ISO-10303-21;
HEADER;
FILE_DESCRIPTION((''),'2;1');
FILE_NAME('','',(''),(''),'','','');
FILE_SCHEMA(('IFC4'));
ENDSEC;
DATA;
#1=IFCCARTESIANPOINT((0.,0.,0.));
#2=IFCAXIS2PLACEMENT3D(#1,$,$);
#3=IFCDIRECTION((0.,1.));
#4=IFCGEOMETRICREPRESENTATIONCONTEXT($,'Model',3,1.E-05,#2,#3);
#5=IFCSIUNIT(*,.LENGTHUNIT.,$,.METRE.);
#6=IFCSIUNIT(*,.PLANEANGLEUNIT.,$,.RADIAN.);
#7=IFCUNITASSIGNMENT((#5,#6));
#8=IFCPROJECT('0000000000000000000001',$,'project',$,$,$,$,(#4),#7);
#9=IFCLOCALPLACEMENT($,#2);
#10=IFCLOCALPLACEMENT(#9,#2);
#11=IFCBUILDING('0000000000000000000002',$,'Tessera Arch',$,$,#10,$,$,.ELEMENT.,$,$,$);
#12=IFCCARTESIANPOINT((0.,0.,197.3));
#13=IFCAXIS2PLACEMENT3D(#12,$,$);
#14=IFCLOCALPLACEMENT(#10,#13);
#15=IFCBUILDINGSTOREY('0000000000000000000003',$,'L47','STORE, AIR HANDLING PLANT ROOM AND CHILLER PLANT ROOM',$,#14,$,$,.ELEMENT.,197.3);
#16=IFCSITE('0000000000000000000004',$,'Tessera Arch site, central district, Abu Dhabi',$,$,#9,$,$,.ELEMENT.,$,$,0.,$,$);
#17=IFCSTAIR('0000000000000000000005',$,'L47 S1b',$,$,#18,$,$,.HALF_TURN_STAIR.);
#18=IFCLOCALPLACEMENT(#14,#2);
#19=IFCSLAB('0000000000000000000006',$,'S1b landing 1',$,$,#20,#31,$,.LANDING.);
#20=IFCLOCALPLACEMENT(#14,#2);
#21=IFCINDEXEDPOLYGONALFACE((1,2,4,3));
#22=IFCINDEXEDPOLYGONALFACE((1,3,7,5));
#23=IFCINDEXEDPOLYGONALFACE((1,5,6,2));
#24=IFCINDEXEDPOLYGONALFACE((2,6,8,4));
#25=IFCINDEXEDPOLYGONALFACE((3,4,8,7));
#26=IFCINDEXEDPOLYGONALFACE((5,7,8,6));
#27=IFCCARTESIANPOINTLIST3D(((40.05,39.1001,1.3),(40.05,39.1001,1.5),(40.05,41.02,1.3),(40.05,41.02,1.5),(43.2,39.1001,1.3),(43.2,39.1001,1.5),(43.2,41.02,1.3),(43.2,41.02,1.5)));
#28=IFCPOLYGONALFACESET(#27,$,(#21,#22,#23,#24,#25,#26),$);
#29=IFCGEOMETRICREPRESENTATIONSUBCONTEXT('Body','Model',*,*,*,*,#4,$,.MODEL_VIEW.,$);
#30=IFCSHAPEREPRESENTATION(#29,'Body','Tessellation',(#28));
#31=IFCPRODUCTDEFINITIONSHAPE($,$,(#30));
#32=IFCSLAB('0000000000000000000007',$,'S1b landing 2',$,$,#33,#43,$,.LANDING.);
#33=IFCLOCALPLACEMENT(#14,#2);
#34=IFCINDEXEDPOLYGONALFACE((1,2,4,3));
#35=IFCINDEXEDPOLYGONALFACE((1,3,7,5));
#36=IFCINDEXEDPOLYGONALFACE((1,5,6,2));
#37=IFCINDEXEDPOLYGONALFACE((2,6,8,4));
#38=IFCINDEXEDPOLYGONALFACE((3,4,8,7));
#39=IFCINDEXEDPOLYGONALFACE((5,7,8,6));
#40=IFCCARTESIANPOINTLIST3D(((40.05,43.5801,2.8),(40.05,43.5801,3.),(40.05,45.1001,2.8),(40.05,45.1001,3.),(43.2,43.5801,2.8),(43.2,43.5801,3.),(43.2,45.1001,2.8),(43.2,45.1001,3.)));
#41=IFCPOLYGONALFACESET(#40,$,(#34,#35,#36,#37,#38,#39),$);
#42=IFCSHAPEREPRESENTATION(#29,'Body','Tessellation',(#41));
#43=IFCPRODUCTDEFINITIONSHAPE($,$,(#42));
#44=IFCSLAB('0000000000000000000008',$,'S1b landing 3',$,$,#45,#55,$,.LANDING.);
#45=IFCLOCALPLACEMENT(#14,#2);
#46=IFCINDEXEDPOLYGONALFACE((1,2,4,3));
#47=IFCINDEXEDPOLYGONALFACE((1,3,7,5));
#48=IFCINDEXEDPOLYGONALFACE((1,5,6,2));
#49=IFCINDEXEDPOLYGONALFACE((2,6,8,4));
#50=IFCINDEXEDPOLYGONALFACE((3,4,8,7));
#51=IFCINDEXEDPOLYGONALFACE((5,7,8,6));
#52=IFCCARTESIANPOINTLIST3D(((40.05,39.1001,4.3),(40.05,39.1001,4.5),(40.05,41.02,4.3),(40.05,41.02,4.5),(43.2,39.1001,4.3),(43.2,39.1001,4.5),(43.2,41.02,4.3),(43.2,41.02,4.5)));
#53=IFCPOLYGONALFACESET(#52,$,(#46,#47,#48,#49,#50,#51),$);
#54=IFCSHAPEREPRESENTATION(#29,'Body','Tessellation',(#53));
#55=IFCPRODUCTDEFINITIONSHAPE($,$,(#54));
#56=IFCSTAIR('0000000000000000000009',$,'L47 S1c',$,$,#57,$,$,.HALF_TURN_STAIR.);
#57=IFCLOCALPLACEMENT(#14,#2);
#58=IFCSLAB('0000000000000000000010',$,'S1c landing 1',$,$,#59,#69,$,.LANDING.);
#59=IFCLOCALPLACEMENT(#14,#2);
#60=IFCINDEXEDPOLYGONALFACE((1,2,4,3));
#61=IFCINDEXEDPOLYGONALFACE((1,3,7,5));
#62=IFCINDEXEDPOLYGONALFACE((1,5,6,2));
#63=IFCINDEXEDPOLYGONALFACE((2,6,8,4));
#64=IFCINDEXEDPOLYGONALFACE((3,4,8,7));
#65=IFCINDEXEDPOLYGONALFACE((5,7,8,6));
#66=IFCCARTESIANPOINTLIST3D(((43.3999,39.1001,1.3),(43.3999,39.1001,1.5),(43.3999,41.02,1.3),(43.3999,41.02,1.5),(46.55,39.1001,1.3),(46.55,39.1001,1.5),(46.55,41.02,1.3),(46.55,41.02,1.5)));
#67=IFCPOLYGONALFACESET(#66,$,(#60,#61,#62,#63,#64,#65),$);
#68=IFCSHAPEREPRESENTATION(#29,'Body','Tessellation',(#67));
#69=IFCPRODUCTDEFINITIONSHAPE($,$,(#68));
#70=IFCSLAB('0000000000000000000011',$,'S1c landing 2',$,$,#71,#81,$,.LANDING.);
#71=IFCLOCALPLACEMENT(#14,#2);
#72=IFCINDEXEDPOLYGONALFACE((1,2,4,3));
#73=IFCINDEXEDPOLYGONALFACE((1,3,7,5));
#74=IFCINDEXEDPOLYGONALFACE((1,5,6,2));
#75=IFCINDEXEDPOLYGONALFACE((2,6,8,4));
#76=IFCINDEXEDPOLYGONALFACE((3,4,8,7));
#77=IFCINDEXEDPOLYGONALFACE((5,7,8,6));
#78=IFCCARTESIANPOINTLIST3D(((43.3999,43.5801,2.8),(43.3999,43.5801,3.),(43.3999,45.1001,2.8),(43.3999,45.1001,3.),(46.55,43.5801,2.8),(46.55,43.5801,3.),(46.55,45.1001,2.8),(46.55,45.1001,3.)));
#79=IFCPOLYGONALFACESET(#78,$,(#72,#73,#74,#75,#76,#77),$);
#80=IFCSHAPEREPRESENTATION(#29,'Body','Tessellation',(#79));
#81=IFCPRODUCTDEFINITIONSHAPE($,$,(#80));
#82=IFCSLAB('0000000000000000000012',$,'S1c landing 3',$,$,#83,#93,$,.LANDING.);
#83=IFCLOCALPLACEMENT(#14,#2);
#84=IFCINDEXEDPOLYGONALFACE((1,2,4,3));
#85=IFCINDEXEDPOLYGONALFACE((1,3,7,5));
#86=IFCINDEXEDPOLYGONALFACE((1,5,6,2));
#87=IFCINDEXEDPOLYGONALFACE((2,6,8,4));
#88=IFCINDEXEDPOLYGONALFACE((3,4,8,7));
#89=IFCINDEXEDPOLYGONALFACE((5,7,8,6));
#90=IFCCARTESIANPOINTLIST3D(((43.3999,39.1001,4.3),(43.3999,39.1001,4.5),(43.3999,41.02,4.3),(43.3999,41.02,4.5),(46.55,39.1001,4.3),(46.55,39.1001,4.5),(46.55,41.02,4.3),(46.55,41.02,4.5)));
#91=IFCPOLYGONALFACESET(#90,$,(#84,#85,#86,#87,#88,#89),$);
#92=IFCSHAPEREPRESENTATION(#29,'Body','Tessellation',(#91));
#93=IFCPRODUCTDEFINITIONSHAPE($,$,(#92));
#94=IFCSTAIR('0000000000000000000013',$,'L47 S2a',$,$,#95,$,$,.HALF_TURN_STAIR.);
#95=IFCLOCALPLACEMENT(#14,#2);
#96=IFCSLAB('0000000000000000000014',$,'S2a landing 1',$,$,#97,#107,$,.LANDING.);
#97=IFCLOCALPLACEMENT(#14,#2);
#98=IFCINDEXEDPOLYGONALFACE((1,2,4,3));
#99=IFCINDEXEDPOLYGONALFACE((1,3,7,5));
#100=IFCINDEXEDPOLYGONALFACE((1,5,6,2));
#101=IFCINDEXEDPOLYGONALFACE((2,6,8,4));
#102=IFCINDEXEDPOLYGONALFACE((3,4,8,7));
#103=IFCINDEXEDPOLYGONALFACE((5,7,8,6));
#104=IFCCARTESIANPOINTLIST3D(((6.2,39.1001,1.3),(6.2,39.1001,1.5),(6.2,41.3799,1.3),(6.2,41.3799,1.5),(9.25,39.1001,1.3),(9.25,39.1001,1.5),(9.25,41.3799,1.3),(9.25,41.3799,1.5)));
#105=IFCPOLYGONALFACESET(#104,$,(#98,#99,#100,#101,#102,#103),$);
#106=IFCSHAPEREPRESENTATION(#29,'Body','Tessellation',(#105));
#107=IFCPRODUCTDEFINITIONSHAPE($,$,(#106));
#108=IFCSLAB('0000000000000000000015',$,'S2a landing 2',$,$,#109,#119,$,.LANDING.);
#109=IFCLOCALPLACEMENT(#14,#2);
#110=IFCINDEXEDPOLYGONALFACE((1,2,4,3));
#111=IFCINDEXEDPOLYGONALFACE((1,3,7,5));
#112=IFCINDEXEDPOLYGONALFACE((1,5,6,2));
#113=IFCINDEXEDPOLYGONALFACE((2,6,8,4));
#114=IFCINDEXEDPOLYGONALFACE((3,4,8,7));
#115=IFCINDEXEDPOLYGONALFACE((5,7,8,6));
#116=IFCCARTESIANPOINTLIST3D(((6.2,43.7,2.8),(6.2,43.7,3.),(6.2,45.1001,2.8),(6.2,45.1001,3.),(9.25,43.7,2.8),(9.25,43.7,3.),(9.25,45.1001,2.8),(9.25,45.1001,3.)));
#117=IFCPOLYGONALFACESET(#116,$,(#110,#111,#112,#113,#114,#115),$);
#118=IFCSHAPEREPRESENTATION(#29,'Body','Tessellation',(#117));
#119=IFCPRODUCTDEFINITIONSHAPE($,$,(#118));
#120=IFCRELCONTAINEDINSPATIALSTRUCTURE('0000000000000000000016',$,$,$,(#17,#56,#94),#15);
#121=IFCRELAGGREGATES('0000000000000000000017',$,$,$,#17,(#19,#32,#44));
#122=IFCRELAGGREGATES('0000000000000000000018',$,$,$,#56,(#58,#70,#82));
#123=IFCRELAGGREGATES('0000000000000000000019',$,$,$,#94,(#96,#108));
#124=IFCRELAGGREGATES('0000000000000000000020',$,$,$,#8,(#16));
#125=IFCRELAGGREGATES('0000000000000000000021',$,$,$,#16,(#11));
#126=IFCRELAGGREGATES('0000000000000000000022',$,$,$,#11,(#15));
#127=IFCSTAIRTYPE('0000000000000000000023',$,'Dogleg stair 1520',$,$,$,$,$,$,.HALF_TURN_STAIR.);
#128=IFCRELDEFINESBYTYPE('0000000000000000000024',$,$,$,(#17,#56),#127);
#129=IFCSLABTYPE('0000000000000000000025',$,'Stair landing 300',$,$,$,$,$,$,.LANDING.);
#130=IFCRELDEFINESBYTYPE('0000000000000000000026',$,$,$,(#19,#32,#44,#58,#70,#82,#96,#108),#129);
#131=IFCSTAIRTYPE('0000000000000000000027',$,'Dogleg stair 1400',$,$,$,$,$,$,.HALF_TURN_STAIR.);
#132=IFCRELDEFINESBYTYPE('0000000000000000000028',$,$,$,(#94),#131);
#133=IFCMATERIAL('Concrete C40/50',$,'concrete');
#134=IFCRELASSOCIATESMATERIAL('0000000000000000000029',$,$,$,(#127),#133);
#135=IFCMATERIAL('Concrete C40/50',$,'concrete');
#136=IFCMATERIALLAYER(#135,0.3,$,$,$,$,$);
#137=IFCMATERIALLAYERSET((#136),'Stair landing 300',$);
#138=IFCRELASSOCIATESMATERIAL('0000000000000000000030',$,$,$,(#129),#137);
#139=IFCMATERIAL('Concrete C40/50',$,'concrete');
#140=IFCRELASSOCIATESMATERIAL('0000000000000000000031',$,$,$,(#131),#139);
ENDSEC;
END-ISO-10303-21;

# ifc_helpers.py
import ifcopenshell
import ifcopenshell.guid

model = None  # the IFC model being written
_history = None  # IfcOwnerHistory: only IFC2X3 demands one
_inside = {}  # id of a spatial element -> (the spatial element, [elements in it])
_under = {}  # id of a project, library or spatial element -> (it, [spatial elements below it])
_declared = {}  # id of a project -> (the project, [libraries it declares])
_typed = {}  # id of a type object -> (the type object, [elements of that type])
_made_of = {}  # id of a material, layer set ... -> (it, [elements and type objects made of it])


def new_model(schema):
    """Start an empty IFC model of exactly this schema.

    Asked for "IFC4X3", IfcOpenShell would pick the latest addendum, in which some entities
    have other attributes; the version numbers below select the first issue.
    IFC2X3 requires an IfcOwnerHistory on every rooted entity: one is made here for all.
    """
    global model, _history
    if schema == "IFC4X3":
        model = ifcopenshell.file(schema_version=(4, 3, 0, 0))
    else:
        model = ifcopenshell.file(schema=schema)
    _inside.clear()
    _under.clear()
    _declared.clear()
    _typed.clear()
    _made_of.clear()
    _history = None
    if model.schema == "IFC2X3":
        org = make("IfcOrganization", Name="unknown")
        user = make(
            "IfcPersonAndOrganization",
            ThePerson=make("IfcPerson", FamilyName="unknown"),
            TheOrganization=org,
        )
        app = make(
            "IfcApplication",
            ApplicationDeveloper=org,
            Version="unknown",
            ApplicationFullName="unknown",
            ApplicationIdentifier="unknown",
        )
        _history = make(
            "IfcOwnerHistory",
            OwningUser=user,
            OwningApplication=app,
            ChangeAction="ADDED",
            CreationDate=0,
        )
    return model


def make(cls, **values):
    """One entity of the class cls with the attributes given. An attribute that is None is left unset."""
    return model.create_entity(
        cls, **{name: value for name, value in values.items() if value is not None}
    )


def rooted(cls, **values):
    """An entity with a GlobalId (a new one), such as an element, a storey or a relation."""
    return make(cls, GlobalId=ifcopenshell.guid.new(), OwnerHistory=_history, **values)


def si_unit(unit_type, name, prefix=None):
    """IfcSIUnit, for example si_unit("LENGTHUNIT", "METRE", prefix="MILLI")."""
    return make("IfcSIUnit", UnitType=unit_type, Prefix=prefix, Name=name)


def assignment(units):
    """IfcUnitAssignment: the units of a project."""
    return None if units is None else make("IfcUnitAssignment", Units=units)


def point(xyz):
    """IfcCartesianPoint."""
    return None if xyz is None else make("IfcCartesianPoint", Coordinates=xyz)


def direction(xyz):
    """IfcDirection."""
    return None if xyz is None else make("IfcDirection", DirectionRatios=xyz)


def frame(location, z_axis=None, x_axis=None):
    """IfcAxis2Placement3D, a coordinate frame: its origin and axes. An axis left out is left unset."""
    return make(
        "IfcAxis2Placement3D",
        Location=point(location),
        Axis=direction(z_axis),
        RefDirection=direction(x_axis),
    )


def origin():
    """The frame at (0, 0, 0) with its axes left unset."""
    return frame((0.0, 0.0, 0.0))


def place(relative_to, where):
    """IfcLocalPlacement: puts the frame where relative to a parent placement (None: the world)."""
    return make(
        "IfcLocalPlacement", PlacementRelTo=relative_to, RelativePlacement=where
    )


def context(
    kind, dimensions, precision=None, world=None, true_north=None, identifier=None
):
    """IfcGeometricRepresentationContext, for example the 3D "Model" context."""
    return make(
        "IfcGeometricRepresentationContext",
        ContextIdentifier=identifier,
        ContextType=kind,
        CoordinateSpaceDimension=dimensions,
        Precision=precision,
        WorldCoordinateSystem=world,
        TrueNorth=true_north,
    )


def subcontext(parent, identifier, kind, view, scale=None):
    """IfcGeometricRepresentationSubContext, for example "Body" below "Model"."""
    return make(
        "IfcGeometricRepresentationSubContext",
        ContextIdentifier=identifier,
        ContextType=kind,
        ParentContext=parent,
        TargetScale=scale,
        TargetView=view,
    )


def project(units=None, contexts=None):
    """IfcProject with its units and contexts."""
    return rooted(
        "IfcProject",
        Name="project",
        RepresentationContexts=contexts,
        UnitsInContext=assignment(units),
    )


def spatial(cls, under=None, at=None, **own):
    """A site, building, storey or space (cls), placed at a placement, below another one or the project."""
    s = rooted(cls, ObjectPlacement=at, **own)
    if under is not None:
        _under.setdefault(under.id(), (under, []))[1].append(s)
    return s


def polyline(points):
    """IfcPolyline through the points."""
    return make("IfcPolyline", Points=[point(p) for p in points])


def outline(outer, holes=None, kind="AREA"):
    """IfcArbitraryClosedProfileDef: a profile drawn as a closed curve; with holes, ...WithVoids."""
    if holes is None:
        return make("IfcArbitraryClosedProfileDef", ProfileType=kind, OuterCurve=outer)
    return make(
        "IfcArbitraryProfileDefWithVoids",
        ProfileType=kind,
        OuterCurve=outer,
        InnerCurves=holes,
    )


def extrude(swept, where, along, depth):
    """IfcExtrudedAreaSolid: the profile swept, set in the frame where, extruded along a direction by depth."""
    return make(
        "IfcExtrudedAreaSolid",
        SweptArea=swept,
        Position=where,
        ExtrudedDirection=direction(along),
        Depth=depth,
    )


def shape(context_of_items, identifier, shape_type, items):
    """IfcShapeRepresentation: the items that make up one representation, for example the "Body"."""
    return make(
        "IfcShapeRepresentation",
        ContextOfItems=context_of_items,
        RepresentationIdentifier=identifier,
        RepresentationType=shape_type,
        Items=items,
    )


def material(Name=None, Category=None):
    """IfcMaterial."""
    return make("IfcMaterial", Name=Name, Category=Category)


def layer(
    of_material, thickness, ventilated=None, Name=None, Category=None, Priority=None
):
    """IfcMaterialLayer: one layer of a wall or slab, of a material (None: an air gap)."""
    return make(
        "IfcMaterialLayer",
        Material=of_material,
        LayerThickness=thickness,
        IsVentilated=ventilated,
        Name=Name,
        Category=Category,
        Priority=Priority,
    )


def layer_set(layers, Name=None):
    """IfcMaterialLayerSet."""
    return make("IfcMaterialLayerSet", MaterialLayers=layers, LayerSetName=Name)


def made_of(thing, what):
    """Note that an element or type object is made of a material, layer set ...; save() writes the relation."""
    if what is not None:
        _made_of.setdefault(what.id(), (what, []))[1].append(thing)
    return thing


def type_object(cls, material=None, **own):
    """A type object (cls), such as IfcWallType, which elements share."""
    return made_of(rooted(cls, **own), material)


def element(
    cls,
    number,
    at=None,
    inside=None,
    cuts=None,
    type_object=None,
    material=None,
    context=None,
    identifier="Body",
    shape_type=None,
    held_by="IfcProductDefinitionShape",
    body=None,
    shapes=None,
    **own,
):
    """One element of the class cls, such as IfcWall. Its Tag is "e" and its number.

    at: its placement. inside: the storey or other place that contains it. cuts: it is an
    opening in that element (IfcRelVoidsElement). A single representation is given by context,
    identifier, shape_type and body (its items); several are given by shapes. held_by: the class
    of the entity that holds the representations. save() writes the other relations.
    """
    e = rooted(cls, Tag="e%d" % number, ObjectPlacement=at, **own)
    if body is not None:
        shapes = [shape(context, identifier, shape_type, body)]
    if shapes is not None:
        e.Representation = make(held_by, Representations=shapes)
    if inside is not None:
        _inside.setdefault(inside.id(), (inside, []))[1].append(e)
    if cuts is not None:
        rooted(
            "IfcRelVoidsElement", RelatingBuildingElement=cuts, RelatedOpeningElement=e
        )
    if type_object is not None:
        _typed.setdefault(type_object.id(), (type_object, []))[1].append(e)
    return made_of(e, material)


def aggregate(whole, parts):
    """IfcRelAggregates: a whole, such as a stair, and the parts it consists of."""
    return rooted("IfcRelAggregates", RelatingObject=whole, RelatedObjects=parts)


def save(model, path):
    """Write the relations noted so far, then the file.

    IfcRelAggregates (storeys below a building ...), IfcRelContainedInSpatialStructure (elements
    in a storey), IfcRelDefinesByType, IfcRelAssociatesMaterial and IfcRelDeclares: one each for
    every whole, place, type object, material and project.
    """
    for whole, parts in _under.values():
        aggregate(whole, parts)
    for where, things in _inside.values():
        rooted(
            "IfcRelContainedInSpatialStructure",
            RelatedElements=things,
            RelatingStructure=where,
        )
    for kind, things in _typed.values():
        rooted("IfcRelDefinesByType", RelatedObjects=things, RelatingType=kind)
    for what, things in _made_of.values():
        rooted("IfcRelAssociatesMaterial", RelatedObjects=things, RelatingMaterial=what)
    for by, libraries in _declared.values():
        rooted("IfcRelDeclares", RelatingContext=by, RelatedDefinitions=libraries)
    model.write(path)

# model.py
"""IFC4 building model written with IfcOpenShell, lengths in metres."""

from ifc_helpers import new_model, si_unit, direction, frame, origin, place, context, subcontext, project, spatial, polyline, outline, extrude, material, layer, layer_set, type_object, element, aggregate, save


model = new_model("IFC4")

# Units and contexts
model_context = context("Model", 3, precision=1e-05, world=origin(), true_north=direction((0.0, 1.0)))
body_context = subcontext(model_context, "Body", "Model", "MODEL_VIEW")
ifc_project = project(units=[si_unit("LENGTHUNIT", "METRE"), si_unit("PLANEANGLEUNIT", "RADIAN")], contexts=[model_context])

# Site, building, storey
site_placement = place(None, origin())
site = spatial("IfcSite", under=ifc_project, at=site_placement, Name="Tessera Arch site, central district, Abu Dhabi", CompositionType="ELEMENT", RefElevation=0.0)
building_placement = place(site_placement, origin())
building = spatial("IfcBuilding", under=site, at=building_placement, Name="Tessera Arch", CompositionType="ELEMENT")
storey_placement = place(building_placement, frame((0.0, 0.0, 197.3)))
storey = spatial("IfcBuildingStorey", under=building, at=storey_placement, Name="L47", Description="STORE, AIR HANDLING PLANT ROOM AND CHILLER PLANT ROOM", CompositionType="ELEMENT", Elevation=197.3)

# Stairs, slabs
ifc_material_1 = material(Name="Concrete C40/50", Category="concrete")
stair_type_1 = type_object("IfcStairType", Name="Dogleg stair 1520", PredefinedType="HALF_TURN_STAIR", material=ifc_material_1)
ifc_material_2 = material(Name="Concrete C40/50", Category="concrete")
ifc_layer_1 = layer(ifc_material_2, 0.3)
ifc_layer_set_1 = layer_set([ifc_layer_1], Name="Stair landing 300")
slab_type = type_object("IfcSlabType", Name="Stair landing 300", PredefinedType="LANDING", material=ifc_layer_set_1)
stair_1_placement = place(storey_placement, origin())
stair_1 = element("IfcStair", 1, at=stair_1_placement, inside=storey, type_object=stair_type_1, Name="L47 S1b", PredefinedType="HALF_TURN_STAIR")
slab_1_placement = place(storey_placement, frame((0.0, 0.0, 1.3)))
slab_1 = element("IfcSlab", 2, at=slab_1_placement, type_object=slab_type, Name="S1b landing 1", PredefinedType="LANDING", context=body_context, shape_type="SweptSolid", body=[
    extrude(outline(polyline([(40.05, 41.02), (40.05, 39.1001), (43.2, 39.1001), (43.2, 41.02), (40.05, 41.02)])), origin(), (0.0, 0.0, 1.0), 0.2),
])
slab_2_placement = place(storey_placement, frame((0.0, 0.0, 2.8)))
slab_2 = element("IfcSlab", 3, at=slab_2_placement, type_object=slab_type, Name="S1b landing 2", PredefinedType="LANDING", context=body_context, shape_type="SweptSolid", body=[
    extrude(outline(polyline([(40.05, 45.1001), (40.05, 43.5801), (43.2, 43.5801), (43.2, 45.1001), (40.05, 45.1001)])), origin(), (0.0, 0.0, 1.0), 0.2),
])
slab_3_placement = place(storey_placement, frame((0.0, 0.0, 4.3)))
slab_3 = element("IfcSlab", 4, at=slab_3_placement, type_object=slab_type, Name="S1b landing 3", PredefinedType="LANDING", context=body_context, shape_type="SweptSolid", body=[
    extrude(outline(polyline([(40.05, 41.02), (40.05, 39.1001), (43.2, 39.1001), (43.2, 41.02), (40.05, 41.02)])), origin(), (0.0, 0.0, 1.0), 0.2),
])
aggregate(stair_1, [slab_1, slab_2, slab_3])
stair_2_placement = place(storey_placement, origin())
stair_2 = element("IfcStair", 5, at=stair_2_placement, inside=storey, type_object=stair_type_1, Name="L47 S1c", PredefinedType="HALF_TURN_STAIR")
slab_4_placement = place(storey_placement, frame((0.0, 0.0, 1.3)))
slab_4 = element("IfcSlab", 6, at=slab_4_placement, type_object=slab_type, Name="S1c landing 1", PredefinedType="LANDING", context=body_context, shape_type="SweptSolid", body=[
    extrude(outline(polyline([(43.3999, 41.02), (43.3999, 39.1001), (46.55, 39.1001), (46.55, 41.02), (43.3999, 41.02)])), origin(), (0.0, 0.0, 1.0), 0.2),
])
slab_5_placement = place(storey_placement, frame((0.0, 0.0, 2.8)))
slab_5 = element("IfcSlab", 7, at=slab_5_placement, type_object=slab_type, Name="S1c landing 2", PredefinedType="LANDING", context=body_context, shape_type="SweptSolid", body=[
    extrude(outline(polyline([(43.3999, 45.1001), (43.3999, 43.5801), (46.55, 43.5801), (46.55, 45.1001), (43.3999, 45.1001)])), origin(), (0.0, 0.0, 1.0), 0.2),
])
slab_6_placement = place(storey_placement, frame((0.0, 0.0, 4.3)))
slab_6 = element("IfcSlab", 8, at=slab_6_placement, type_object=slab_type, Name="S1c landing 3", PredefinedType="LANDING", context=body_context, shape_type="SweptSolid", body=[
    extrude(outline(polyline([(43.3999, 41.02), (43.3999, 39.1001), (46.55, 39.1001), (46.55, 41.02), (43.3999, 41.02)])), origin(), (0.0, 0.0, 1.0), 0.2),
])
aggregate(stair_2, [slab_4, slab_5, slab_6])
ifc_material_3 = material(Name="Concrete C40/50", Category="concrete")
stair_type_2 = type_object("IfcStairType", Name="Dogleg stair 1400", PredefinedType="HALF_TURN_STAIR", material=ifc_material_3)
stair_3_placement = place(storey_placement, origin())
stair_3 = element("IfcStair", 9, at=stair_3_placement, inside=storey, type_object=stair_type_2, Name="L47 S2a", PredefinedType="HALF_TURN_STAIR")
slab_7_placement = place(storey_placement, frame((0.0, 0.0, 1.3)))
slab_7 = element("IfcSlab", 10, at=slab_7_placement, type_object=slab_type, Name="S2a landing 1", PredefinedType="LANDING", context=body_context, shape_type="SweptSolid", body=[
    extrude(outline(polyline([(6.2, 41.3799), (6.2, 39.1001), (9.25, 39.1001), (9.25, 41.3799), (6.2, 41.3799)])), origin(), (0.0, 0.0, 1.0), 0.2),
])
slab_8_placement = place(storey_placement, frame((0.0, 0.0, 2.8)))
slab_8 = element("IfcSlab", 11, at=slab_8_placement, type_object=slab_type, Name="S2a landing 2", PredefinedType="LANDING", context=body_context, shape_type="SweptSolid", body=[
    extrude(outline(polyline([(6.2, 45.1001), (6.2, 43.7), (9.25, 43.7), (9.25, 45.1001), (6.2, 45.1001)])), origin(), (0.0, 0.0, 1.0), 0.2),
])
aggregate(stair_3, [slab_7, slab_8])

save(model, "model.ifc")
